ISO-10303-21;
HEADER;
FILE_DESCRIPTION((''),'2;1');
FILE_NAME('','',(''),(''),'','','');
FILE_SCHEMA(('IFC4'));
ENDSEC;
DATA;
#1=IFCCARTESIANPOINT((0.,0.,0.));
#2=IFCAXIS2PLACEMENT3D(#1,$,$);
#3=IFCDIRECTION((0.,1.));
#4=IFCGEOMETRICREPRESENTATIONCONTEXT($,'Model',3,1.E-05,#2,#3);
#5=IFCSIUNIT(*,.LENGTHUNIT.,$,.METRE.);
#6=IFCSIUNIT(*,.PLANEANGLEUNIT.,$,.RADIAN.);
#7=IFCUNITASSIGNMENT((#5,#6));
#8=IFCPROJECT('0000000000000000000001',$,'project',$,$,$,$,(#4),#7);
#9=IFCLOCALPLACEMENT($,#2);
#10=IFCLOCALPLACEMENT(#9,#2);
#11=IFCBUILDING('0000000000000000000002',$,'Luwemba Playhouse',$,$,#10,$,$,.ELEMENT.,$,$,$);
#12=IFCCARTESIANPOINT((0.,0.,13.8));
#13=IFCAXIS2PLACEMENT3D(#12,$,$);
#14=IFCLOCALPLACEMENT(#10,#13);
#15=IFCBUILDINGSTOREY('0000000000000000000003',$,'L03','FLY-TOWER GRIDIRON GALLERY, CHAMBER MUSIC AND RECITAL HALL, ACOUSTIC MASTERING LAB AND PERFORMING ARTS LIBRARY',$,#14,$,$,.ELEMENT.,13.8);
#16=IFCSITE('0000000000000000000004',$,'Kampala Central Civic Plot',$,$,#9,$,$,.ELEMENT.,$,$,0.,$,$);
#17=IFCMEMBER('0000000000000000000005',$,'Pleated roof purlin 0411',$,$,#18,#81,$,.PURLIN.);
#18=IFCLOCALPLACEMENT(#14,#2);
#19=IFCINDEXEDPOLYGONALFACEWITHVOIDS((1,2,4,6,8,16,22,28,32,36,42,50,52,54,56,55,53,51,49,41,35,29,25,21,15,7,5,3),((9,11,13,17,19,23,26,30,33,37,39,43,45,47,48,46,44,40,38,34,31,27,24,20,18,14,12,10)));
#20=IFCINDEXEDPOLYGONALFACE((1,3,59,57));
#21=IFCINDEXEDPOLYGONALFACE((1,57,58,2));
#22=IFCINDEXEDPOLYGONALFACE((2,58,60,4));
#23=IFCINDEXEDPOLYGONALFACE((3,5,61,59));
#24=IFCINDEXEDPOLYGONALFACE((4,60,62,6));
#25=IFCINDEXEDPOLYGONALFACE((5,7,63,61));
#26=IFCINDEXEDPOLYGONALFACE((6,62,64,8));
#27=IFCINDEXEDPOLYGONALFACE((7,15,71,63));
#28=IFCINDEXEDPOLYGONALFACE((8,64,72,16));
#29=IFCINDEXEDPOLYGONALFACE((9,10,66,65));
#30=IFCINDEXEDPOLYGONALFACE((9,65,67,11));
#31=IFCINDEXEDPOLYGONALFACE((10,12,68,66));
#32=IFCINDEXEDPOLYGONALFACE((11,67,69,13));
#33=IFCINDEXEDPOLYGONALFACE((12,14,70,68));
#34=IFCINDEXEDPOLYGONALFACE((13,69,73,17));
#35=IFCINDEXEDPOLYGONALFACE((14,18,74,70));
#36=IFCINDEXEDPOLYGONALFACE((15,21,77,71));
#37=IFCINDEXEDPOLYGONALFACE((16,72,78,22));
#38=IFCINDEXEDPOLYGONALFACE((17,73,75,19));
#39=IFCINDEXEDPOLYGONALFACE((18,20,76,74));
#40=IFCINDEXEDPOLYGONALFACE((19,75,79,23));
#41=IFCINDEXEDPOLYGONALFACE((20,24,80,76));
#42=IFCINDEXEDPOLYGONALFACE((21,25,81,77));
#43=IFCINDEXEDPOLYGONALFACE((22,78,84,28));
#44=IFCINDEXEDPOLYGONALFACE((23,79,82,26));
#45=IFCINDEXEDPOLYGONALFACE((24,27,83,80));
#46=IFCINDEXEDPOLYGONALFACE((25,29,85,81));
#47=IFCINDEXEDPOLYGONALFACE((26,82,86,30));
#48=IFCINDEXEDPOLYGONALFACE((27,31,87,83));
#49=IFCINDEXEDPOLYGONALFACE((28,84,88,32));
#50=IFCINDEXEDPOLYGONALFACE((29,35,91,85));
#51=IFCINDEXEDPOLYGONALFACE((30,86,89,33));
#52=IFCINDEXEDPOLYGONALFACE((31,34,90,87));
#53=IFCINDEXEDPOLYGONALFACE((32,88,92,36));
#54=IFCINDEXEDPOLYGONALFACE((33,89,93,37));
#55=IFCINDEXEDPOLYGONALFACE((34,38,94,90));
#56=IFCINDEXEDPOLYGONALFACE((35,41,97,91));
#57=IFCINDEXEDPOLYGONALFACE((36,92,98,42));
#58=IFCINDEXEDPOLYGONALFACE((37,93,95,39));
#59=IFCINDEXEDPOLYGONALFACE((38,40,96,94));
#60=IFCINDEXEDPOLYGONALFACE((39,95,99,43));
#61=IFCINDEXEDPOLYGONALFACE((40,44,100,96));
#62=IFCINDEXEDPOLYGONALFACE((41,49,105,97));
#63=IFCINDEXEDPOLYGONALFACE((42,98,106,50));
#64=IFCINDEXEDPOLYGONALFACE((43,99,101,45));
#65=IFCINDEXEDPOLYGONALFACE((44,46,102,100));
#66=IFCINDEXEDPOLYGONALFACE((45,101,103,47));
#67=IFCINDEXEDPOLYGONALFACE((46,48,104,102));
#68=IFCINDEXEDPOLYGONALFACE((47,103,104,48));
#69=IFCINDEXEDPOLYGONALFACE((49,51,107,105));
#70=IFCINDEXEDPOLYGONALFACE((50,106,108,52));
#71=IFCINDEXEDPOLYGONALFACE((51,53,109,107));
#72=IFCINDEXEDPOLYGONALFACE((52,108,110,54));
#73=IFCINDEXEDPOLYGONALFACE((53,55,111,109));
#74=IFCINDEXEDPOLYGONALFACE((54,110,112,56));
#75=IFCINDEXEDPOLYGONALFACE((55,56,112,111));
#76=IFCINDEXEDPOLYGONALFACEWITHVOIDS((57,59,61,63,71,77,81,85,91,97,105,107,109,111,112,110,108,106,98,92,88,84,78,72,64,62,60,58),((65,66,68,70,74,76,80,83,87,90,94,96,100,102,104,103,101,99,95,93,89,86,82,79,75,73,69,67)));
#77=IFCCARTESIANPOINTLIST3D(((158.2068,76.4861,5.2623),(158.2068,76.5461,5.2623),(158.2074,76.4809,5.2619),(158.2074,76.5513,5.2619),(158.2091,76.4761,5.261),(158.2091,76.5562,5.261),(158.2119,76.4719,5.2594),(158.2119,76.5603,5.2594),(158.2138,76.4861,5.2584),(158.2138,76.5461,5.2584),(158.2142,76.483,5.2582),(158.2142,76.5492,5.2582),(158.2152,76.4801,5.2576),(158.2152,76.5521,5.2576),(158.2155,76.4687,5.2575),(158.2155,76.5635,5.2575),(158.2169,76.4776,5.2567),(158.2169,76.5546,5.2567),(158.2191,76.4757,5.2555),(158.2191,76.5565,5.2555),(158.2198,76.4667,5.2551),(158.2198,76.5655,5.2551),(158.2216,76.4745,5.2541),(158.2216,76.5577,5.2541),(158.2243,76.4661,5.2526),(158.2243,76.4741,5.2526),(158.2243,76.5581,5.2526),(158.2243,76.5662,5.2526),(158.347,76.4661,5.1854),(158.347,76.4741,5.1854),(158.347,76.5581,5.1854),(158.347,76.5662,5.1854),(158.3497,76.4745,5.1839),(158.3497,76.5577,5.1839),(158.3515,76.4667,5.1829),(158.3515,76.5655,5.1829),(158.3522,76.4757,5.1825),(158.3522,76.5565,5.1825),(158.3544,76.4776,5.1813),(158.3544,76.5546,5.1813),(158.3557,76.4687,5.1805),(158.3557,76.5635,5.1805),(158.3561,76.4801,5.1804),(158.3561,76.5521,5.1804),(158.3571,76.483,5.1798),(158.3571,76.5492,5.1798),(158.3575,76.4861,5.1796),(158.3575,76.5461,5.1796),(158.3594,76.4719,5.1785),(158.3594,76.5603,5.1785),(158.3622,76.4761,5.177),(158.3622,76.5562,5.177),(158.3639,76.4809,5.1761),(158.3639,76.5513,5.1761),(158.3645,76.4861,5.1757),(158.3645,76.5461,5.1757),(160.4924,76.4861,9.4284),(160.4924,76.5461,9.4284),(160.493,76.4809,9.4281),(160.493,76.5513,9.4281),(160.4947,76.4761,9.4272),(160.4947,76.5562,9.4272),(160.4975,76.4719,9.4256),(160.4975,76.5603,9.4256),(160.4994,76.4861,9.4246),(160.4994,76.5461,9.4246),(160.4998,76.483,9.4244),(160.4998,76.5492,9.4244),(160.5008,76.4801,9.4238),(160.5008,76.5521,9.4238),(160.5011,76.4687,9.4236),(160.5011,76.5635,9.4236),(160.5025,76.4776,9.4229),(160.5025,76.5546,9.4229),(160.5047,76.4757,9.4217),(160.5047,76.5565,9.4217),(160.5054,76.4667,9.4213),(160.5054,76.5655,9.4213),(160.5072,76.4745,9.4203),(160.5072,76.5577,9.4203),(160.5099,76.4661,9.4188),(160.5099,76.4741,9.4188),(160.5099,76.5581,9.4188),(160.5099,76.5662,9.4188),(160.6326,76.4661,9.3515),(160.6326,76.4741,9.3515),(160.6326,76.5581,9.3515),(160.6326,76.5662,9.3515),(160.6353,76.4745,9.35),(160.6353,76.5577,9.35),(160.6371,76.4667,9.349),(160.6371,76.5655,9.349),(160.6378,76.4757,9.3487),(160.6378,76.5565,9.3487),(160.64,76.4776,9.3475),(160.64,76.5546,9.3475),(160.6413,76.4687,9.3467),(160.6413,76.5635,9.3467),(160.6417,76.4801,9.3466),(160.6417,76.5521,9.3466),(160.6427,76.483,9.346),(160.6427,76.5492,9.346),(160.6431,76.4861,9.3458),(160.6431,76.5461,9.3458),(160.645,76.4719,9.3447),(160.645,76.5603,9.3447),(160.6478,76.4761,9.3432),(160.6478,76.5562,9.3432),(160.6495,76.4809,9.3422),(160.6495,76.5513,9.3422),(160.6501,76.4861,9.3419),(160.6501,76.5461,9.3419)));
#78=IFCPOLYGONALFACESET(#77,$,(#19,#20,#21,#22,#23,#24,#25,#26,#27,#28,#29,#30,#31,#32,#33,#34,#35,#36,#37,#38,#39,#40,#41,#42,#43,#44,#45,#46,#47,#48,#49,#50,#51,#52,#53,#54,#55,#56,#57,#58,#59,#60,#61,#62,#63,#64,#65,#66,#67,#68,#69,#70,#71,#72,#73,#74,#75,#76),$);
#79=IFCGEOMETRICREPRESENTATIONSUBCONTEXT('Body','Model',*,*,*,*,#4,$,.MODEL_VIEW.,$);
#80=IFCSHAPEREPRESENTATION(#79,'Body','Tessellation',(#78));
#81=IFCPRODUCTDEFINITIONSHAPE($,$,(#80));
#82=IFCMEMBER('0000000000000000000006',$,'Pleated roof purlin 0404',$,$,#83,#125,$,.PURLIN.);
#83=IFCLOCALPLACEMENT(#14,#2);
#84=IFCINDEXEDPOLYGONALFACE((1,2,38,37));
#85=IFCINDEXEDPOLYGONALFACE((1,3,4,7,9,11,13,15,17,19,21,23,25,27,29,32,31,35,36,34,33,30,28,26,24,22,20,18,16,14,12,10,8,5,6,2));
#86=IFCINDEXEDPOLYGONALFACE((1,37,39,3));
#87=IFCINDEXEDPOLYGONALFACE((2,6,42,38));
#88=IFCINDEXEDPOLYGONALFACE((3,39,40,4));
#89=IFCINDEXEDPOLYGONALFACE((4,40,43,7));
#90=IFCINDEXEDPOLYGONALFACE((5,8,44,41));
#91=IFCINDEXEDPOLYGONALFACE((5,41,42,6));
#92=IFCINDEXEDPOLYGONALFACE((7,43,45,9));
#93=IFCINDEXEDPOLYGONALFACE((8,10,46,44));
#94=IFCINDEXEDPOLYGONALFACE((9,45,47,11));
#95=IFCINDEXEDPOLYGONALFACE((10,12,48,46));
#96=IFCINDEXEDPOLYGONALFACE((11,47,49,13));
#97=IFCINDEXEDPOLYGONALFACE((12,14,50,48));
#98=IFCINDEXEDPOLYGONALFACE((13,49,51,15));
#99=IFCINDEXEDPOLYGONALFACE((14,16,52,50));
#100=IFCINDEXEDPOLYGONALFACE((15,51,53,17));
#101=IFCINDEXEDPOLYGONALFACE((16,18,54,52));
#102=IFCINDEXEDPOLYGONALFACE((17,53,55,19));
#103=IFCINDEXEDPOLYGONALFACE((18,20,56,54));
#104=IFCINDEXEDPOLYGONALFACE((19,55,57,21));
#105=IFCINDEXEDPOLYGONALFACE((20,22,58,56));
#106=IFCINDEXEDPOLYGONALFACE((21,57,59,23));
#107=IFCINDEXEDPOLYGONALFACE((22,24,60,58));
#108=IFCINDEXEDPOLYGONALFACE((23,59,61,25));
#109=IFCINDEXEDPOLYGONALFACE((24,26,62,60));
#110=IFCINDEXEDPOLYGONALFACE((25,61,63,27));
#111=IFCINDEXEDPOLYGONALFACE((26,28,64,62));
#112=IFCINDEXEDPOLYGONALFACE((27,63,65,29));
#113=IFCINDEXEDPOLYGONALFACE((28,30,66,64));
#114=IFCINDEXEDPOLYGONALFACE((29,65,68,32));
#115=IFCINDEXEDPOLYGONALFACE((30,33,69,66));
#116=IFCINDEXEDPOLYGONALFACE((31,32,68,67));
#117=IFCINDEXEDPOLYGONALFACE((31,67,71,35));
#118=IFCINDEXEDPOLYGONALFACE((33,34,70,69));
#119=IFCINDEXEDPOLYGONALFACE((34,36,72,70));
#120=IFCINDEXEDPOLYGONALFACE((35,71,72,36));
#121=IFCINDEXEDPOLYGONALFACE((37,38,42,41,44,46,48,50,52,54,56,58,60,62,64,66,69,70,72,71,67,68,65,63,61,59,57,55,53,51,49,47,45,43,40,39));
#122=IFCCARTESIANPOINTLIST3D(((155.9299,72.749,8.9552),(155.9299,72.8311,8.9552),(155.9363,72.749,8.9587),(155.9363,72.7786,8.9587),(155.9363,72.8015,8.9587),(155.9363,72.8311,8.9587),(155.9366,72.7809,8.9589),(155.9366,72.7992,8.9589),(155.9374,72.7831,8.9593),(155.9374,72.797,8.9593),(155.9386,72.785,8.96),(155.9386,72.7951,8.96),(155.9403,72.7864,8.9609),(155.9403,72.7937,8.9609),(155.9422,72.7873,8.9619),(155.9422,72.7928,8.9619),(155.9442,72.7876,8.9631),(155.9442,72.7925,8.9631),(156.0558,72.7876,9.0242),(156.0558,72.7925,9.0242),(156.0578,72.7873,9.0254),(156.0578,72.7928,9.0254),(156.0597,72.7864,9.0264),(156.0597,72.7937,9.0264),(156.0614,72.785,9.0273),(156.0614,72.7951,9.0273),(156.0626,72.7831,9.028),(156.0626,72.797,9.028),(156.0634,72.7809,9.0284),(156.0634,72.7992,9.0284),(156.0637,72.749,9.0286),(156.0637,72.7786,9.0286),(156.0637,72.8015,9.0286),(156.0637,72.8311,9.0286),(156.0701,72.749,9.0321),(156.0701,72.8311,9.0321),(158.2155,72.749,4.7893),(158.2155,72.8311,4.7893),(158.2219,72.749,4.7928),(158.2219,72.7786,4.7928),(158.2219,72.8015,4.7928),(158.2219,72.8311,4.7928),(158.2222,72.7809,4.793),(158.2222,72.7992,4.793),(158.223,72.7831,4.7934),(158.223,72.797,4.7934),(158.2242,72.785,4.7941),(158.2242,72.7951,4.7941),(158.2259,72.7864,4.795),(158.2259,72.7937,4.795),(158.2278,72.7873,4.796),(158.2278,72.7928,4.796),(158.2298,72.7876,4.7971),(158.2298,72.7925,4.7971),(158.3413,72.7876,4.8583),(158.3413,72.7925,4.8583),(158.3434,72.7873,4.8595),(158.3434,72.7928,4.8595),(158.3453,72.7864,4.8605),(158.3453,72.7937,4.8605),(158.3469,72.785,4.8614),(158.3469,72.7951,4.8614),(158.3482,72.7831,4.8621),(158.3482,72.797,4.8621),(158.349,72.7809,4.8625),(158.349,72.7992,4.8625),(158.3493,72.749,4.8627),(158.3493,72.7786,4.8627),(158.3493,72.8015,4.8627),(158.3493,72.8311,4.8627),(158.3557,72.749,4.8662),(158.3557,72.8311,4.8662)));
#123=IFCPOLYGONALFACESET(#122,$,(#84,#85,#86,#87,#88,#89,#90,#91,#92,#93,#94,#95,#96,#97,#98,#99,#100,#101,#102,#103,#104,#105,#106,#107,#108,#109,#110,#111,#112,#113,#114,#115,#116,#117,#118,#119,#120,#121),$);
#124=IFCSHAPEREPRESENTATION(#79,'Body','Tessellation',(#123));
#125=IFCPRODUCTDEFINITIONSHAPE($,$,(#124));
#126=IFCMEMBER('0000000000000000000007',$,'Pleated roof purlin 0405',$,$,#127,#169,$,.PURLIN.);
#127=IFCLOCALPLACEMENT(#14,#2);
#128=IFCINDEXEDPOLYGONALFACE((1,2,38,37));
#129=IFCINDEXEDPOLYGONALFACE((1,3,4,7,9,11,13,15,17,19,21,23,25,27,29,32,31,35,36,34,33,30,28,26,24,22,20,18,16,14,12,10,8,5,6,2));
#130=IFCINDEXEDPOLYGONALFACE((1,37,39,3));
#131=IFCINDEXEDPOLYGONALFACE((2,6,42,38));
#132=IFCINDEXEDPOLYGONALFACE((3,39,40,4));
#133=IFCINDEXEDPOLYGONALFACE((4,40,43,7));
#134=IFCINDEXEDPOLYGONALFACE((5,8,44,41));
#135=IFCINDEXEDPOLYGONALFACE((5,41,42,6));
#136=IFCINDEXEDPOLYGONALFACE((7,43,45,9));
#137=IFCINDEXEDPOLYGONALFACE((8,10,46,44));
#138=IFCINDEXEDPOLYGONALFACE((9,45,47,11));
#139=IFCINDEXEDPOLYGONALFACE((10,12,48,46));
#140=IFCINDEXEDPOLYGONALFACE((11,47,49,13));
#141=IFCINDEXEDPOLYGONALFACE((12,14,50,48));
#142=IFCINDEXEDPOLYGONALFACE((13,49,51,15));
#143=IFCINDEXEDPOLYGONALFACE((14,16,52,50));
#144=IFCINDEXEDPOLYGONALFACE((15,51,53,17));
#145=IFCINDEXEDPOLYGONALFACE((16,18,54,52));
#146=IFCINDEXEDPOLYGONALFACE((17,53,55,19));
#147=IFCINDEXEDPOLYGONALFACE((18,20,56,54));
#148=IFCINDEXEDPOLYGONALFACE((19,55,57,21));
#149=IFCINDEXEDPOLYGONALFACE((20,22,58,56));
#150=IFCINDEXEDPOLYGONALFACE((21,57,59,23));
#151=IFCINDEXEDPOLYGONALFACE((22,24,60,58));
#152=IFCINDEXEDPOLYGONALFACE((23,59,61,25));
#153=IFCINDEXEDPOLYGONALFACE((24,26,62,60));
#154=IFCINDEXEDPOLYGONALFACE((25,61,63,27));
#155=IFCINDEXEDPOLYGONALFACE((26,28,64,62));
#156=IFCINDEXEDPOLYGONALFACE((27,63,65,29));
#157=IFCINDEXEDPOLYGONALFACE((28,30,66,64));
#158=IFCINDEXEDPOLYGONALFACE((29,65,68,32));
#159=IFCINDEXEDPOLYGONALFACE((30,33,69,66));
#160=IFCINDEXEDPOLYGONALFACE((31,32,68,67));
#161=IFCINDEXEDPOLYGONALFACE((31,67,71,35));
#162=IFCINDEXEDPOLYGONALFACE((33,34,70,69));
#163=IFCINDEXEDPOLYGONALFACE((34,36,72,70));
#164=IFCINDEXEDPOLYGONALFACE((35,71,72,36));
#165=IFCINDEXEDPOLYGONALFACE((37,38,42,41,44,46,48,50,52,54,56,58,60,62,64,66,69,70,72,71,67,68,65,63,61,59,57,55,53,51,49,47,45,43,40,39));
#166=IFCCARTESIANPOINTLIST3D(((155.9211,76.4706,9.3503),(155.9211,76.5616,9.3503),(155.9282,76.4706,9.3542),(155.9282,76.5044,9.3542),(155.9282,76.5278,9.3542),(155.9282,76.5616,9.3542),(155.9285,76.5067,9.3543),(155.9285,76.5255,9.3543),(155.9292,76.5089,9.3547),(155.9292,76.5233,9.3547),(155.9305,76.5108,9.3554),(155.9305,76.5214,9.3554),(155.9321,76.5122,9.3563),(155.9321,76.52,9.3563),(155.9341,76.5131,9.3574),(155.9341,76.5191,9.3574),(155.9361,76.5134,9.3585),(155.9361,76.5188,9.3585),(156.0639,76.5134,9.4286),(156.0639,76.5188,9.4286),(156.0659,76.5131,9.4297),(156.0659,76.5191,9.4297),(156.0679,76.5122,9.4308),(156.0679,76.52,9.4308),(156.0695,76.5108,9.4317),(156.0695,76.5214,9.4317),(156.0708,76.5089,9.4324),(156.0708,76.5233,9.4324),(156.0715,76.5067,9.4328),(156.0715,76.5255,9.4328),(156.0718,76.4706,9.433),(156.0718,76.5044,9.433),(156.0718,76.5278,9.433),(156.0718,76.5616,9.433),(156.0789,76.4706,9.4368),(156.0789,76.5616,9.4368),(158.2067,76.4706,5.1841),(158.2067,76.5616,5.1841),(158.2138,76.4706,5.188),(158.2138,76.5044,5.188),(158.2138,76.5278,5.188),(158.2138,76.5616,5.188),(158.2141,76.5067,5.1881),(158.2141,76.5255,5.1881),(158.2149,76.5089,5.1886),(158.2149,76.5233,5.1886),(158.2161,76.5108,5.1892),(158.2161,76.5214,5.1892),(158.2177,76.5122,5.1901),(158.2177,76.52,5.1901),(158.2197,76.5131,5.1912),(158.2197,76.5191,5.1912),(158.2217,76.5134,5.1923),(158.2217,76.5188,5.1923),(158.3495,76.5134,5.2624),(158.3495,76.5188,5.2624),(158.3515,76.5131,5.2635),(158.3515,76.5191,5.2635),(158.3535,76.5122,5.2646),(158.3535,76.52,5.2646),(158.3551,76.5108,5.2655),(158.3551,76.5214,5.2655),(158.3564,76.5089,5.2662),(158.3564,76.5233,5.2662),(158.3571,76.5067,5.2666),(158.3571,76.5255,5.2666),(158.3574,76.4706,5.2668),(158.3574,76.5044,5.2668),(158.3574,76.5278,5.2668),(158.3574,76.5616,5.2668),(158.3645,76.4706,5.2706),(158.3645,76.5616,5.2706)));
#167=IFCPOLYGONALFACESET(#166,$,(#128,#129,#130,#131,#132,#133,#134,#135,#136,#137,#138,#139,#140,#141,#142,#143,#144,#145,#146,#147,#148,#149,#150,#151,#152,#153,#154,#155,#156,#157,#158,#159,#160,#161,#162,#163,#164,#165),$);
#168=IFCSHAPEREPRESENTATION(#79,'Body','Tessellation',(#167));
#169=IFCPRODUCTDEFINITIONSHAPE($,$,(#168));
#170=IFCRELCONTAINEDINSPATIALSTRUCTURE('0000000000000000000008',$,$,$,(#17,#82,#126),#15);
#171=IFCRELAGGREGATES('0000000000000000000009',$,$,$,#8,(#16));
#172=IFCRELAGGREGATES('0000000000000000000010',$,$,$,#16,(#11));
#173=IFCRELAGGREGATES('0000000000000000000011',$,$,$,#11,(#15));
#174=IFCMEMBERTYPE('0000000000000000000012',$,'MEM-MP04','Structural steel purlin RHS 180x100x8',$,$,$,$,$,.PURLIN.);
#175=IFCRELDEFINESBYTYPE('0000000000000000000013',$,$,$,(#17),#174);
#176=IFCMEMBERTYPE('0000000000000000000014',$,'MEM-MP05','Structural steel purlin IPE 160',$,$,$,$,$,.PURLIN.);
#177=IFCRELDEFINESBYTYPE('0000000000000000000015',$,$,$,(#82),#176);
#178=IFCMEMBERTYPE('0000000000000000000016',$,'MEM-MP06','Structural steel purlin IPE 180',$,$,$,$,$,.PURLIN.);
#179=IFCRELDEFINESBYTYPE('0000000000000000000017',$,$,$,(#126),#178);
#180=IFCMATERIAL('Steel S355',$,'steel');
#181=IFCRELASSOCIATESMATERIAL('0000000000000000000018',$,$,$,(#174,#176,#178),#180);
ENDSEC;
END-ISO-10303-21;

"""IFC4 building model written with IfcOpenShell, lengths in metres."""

from ifc_helpers import new_model, si_unit, direction, frame, origin, origin_2d, place, context, subcontext, project, spatial, hollow_rectangle, i_section, extrude, material, material_profile, profile_set, type_object, element, save


model = new_model("IFC4")

# Units and contexts
model_context = context("Model", 3, precision=1e-05, world=origin(), true_north=direction((0.0, 1.0)))
body_context = subcontext(model_context, "Body", "Model", "MODEL_VIEW")
ifc_project = project(units=[si_unit("LENGTHUNIT", "METRE"), si_unit("PLANEANGLEUNIT", "RADIAN")], contexts=[model_context])

# Site, building, storey
site_placement = place(None, origin())
site = spatial("IfcSite", under=ifc_project, at=site_placement, Name="Kampala Central Civic Plot", CompositionType="ELEMENT", RefElevation=0.0)
building_placement = place(site_placement, origin())
building = spatial("IfcBuilding", under=site, at=building_placement, Name="Luwemba Playhouse", CompositionType="ELEMENT")
storey_placement = place(building_placement, frame((0.0, 0.0, 13.8)))
storey = spatial("IfcBuildingStorey", under=building, at=storey_placement, Name="L03", Description="FLY-TOWER GRIDIRON GALLERY, CHAMBER MUSIC AND RECITAL HALL, ACOUSTIC MASTERING LAB AND PERFORMING ARTS LIBRARY", CompositionType="ELEMENT", Elevation=13.8)

# Shared definitions
ifc_material_1 = material(Name="Steel S355", Category="steel")

# Members
ifc_material_profile_1 = material_profile(ifc_material_1, hollow_rectangle(XDim=0.1001, YDim=0.1799, WallThickness=0.0081, InnerFilletRadius=0.012, OuterFilletRadius=0.02, at=origin_2d()))
ifc_profile_set_1 = profile_set([ifc_material_profile_1], Name="Steel S355")
member_type_1 = type_object("IfcMemberType", Name="MEM-MP04", Description="Structural steel purlin RHS 180x100x8", PredefinedType="PURLIN", material=ifc_profile_set_1)
member_1_placement = place(storey_placement, frame((158.2856, 76.5161, 5.219), z_axis=(0.480982, 0.0, 0.876731), x_axis=(0.0, 1.0, 0.0)))
element("IfcMember", 1, at=member_1_placement, inside=storey, type_object=member_type_1, Name="Pleated roof purlin 0411", PredefinedType="PURLIN", context=body_context, shape_type="SweptSolid", body=[
    extrude(hollow_rectangle(XDim=0.1001, YDim=0.1799, WallThickness=0.0081, InnerFilletRadius=0.012, OuterFilletRadius=0.02, at=origin_2d()), origin(), (0.0, 0.0, 1.0), 4.752),
])
ifc_material_profile_2 = material_profile(ifc_material_1, i_section(OverallWidth=0.082, OverallDepth=0.1599, WebThickness=0.0049, FlangeThickness=0.0073, FilletRadius=0.009, at=origin_2d()))
ifc_profile_set_2 = profile_set([ifc_material_profile_2], Name="Steel S355")
member_type_2 = type_object("IfcMemberType", Name="MEM-MP05", Description="Structural steel purlin IPE 160", PredefinedType="PURLIN", material=ifc_profile_set_2)
member_2_placement = place(storey_placement, frame((156.0, 72.79, 8.9937), z_axis=(0.481003, 0.0, -0.876719), x_axis=(0.0, 1.0, 0.0)))
element("IfcMember", 2, at=member_2_placement, inside=storey, type_object=member_type_2, Name="Pleated roof purlin 0404", PredefinedType="PURLIN", context=body_context, shape_type="SweptSolid", body=[
    extrude(i_section(OverallWidth=0.082, OverallDepth=0.1599, WebThickness=0.0049, FlangeThickness=0.0073, FilletRadius=0.009, at=origin_2d()), origin(), (0.0, 0.0, 1.0), 4.7517),
])
ifc_material_profile_3 = material_profile(ifc_material_1, i_section(OverallWidth=0.0911, OverallDepth=0.1799, WebThickness=0.0054, FlangeThickness=0.0081, FilletRadius=0.009, at=origin_2d()))
ifc_profile_set_3 = profile_set([ifc_material_profile_3], Name="Steel S355")
member_type_3 = type_object("IfcMemberType", Name="MEM-MP06", Description="Structural steel purlin IPE 180", PredefinedType="PURLIN", material=ifc_profile_set_3)
member_3_placement = place(storey_placement, frame((156.0, 76.5161, 9.3936), z_axis=(0.480982, 0.0, -0.876731), x_axis=(0.0, 1.0, 0.0)))
element("IfcMember", 3, at=member_3_placement, inside=storey, type_object=member_type_3, Name="Pleated roof purlin 0405", PredefinedType="PURLIN", context=body_context, shape_type="SweptSolid", body=[
    extrude(i_section(OverallWidth=0.0911, OverallDepth=0.1799, WebThickness=0.0054, FlangeThickness=0.0081, FilletRadius=0.009, at=origin_2d()), origin(), (0.0, 0.0, 1.0), 4.752),
])

save(model, "model.ifc")
